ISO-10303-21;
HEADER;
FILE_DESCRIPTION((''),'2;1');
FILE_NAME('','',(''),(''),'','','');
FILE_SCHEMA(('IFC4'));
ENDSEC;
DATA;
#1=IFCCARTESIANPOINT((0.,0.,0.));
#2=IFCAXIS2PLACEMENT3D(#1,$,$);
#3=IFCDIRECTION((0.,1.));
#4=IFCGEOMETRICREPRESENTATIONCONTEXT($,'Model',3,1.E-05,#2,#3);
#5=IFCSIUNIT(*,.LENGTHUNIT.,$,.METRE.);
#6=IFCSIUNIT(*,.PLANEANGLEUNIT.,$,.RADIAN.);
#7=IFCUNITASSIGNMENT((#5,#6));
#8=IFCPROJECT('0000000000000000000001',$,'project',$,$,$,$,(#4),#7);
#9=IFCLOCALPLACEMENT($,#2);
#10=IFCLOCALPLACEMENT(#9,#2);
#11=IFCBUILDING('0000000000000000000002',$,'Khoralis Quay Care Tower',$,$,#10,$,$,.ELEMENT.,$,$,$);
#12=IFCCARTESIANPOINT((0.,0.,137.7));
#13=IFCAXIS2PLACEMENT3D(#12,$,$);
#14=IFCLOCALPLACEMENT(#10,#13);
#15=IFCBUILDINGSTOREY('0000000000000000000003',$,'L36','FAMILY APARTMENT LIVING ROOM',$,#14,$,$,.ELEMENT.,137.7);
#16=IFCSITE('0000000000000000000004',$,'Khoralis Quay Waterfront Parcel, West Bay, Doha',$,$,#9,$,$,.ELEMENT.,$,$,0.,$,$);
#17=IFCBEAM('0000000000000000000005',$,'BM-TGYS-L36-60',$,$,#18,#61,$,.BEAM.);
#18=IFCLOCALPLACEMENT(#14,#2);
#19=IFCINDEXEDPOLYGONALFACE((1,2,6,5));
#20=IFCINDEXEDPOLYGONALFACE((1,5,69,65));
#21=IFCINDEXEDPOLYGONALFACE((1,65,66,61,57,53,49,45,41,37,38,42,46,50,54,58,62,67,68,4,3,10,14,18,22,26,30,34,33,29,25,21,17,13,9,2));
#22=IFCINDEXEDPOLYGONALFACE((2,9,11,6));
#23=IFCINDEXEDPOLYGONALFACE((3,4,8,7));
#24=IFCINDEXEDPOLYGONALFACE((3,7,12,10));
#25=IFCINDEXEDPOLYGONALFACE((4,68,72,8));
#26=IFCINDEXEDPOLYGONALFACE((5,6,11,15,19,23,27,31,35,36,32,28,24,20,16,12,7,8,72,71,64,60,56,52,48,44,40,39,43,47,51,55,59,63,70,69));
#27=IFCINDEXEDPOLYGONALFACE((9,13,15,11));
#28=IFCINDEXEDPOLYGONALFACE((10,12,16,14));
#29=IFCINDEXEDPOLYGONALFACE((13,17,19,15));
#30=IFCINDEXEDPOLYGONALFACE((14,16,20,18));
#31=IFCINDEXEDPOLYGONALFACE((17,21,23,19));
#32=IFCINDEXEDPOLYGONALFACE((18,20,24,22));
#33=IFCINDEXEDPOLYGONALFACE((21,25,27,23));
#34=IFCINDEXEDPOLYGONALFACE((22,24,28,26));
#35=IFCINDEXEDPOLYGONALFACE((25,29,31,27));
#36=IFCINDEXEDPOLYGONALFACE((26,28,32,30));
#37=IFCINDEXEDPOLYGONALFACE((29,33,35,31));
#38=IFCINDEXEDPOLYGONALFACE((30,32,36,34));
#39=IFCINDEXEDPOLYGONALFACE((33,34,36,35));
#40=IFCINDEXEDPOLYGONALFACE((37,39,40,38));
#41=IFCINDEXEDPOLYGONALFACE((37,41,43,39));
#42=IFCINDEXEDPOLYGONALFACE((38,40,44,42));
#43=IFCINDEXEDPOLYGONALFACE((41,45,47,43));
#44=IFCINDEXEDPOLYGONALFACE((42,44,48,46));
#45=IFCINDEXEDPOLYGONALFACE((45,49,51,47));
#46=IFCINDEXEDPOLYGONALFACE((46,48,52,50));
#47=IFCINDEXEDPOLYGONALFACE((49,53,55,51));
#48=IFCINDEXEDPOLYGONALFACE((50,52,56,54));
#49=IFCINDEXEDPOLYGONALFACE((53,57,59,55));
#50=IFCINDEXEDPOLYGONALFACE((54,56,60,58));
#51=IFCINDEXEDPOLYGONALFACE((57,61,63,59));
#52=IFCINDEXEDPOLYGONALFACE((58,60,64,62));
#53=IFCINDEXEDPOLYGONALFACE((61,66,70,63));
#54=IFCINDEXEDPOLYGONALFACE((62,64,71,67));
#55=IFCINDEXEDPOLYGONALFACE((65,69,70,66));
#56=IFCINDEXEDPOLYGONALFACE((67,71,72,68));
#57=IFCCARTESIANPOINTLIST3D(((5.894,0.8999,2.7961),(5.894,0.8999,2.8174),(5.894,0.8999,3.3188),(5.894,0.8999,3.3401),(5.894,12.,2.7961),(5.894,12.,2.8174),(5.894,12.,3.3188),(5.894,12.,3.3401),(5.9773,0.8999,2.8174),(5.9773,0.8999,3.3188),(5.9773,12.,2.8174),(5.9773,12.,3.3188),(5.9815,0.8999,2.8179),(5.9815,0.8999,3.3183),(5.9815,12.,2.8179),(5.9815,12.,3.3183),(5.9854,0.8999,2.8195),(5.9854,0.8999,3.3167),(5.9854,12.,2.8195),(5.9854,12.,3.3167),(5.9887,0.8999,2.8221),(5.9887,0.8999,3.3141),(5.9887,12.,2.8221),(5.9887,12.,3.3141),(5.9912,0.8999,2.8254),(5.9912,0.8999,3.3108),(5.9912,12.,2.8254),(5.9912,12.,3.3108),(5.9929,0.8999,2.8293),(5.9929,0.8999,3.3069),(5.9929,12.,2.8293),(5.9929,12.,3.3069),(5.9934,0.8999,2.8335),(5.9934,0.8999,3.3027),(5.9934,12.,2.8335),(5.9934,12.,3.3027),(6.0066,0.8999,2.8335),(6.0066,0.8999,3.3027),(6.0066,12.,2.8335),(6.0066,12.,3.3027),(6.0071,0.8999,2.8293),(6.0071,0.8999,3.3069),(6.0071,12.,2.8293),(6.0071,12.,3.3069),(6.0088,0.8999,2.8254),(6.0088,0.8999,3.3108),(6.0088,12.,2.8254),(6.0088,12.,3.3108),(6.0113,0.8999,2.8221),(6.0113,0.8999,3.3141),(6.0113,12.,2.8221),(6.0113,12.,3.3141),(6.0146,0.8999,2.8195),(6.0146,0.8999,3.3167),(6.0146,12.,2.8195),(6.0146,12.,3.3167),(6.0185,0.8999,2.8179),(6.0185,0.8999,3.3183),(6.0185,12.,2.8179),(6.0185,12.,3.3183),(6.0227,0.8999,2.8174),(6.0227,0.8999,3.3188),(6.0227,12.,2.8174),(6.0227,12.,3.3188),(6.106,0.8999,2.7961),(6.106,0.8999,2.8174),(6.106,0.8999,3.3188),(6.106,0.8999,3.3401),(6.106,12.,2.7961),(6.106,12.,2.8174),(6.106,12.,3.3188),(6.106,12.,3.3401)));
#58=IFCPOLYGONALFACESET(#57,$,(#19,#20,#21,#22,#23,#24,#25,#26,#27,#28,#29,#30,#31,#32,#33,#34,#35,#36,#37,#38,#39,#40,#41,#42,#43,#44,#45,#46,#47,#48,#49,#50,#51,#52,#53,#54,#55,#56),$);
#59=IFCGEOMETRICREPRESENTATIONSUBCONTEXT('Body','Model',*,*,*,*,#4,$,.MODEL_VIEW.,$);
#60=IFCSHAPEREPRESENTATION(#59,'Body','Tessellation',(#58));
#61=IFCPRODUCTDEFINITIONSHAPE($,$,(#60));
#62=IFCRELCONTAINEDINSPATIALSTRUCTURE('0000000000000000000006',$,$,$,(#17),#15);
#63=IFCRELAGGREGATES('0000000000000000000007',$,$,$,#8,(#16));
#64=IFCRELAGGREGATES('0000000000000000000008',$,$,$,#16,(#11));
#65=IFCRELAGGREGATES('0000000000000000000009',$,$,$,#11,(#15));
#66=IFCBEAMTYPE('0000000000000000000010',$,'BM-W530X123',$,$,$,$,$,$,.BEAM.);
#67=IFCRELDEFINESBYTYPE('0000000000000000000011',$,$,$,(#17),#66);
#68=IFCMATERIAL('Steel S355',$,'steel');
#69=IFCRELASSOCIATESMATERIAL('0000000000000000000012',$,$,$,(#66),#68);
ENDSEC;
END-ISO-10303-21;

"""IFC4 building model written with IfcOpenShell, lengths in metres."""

from ifc_helpers import new_model, si_unit, direction, frame, origin, origin_2d, place, context, subcontext, project, spatial, i_section, extrude, source, transform, mapped, material, material_profile, profile_set, type_object, element, save


model = new_model("IFC4")

# Units and contexts
model_context = context("Model", 3, precision=1e-05, world=origin(), true_north=direction((0.0, 1.0)))
body_context = subcontext(model_context, "Body", "Model", "MODEL_VIEW")
ifc_project = project(units=[si_unit("LENGTHUNIT", "METRE"), si_unit("PLANEANGLEUNIT", "RADIAN")], contexts=[model_context])

# Site, building, storey
site_placement = place(None, origin())
site = spatial("IfcSite", under=ifc_project, at=site_placement, Name="Khoralis Quay Waterfront Parcel, West Bay, Doha", CompositionType="ELEMENT", RefElevation=0.0)
building_placement = place(site_placement, origin())
building = spatial("IfcBuilding", under=site, at=building_placement, Name="Khoralis Quay Care Tower", CompositionType="ELEMENT")
storey_placement = place(building_placement, frame((0.0, 0.0, 137.7)))
storey = spatial("IfcBuildingStorey", under=building, at=storey_placement, Name="L36", Description="FAMILY APARTMENT LIVING ROOM", CompositionType="ELEMENT", Elevation=137.7)

# Beam
ifc_material_1 = material(Name="Steel S355", Category="steel")
ifc_material_profile_1 = material_profile(ifc_material_1, i_section(OverallWidth=0.2119, OverallDepth=0.5439, WebThickness=0.0132, FlangeThickness=0.0212, FilletRadius=0.0161, at=origin_2d()), Name="Steel S355")
ifc_profile_set_1 = profile_set([ifc_material_profile_1], Name="Steel S355")
beam_type_1 = type_object("IfcBeamType", Name="BM-W530X123", PredefinedType="BEAM", material=ifc_profile_set_1)
shared_shape_1 = source(origin(), body_context, "Body", "SweptSolid", [
    extrude(i_section(OverallWidth=0.2119, OverallDepth=0.5439, WebThickness=0.0132, FlangeThickness=0.0212, FilletRadius=0.0161, at=origin_2d()), origin(), (0.0, 0.0, 1.0), 11.1001),
])
beam_1_placement = place(storey_placement, frame((6.0, 0.8999, 3.0681), z_axis=(0.0, 1.0, 0.0), x_axis=(-1.0, 0.0, 0.0)))
element("IfcBeam", 1, at=beam_1_placement, inside=storey, type_object=beam_type_1, Name="BM-TGYS-L36-60", PredefinedType="BEAM", context=body_context, shape_type="MappedRepresentation", body=[
    mapped(shared_shape_1, transform((0.0, 0.0, 0.0), scale=1.0)),
])

save(model, "model.ifc")
